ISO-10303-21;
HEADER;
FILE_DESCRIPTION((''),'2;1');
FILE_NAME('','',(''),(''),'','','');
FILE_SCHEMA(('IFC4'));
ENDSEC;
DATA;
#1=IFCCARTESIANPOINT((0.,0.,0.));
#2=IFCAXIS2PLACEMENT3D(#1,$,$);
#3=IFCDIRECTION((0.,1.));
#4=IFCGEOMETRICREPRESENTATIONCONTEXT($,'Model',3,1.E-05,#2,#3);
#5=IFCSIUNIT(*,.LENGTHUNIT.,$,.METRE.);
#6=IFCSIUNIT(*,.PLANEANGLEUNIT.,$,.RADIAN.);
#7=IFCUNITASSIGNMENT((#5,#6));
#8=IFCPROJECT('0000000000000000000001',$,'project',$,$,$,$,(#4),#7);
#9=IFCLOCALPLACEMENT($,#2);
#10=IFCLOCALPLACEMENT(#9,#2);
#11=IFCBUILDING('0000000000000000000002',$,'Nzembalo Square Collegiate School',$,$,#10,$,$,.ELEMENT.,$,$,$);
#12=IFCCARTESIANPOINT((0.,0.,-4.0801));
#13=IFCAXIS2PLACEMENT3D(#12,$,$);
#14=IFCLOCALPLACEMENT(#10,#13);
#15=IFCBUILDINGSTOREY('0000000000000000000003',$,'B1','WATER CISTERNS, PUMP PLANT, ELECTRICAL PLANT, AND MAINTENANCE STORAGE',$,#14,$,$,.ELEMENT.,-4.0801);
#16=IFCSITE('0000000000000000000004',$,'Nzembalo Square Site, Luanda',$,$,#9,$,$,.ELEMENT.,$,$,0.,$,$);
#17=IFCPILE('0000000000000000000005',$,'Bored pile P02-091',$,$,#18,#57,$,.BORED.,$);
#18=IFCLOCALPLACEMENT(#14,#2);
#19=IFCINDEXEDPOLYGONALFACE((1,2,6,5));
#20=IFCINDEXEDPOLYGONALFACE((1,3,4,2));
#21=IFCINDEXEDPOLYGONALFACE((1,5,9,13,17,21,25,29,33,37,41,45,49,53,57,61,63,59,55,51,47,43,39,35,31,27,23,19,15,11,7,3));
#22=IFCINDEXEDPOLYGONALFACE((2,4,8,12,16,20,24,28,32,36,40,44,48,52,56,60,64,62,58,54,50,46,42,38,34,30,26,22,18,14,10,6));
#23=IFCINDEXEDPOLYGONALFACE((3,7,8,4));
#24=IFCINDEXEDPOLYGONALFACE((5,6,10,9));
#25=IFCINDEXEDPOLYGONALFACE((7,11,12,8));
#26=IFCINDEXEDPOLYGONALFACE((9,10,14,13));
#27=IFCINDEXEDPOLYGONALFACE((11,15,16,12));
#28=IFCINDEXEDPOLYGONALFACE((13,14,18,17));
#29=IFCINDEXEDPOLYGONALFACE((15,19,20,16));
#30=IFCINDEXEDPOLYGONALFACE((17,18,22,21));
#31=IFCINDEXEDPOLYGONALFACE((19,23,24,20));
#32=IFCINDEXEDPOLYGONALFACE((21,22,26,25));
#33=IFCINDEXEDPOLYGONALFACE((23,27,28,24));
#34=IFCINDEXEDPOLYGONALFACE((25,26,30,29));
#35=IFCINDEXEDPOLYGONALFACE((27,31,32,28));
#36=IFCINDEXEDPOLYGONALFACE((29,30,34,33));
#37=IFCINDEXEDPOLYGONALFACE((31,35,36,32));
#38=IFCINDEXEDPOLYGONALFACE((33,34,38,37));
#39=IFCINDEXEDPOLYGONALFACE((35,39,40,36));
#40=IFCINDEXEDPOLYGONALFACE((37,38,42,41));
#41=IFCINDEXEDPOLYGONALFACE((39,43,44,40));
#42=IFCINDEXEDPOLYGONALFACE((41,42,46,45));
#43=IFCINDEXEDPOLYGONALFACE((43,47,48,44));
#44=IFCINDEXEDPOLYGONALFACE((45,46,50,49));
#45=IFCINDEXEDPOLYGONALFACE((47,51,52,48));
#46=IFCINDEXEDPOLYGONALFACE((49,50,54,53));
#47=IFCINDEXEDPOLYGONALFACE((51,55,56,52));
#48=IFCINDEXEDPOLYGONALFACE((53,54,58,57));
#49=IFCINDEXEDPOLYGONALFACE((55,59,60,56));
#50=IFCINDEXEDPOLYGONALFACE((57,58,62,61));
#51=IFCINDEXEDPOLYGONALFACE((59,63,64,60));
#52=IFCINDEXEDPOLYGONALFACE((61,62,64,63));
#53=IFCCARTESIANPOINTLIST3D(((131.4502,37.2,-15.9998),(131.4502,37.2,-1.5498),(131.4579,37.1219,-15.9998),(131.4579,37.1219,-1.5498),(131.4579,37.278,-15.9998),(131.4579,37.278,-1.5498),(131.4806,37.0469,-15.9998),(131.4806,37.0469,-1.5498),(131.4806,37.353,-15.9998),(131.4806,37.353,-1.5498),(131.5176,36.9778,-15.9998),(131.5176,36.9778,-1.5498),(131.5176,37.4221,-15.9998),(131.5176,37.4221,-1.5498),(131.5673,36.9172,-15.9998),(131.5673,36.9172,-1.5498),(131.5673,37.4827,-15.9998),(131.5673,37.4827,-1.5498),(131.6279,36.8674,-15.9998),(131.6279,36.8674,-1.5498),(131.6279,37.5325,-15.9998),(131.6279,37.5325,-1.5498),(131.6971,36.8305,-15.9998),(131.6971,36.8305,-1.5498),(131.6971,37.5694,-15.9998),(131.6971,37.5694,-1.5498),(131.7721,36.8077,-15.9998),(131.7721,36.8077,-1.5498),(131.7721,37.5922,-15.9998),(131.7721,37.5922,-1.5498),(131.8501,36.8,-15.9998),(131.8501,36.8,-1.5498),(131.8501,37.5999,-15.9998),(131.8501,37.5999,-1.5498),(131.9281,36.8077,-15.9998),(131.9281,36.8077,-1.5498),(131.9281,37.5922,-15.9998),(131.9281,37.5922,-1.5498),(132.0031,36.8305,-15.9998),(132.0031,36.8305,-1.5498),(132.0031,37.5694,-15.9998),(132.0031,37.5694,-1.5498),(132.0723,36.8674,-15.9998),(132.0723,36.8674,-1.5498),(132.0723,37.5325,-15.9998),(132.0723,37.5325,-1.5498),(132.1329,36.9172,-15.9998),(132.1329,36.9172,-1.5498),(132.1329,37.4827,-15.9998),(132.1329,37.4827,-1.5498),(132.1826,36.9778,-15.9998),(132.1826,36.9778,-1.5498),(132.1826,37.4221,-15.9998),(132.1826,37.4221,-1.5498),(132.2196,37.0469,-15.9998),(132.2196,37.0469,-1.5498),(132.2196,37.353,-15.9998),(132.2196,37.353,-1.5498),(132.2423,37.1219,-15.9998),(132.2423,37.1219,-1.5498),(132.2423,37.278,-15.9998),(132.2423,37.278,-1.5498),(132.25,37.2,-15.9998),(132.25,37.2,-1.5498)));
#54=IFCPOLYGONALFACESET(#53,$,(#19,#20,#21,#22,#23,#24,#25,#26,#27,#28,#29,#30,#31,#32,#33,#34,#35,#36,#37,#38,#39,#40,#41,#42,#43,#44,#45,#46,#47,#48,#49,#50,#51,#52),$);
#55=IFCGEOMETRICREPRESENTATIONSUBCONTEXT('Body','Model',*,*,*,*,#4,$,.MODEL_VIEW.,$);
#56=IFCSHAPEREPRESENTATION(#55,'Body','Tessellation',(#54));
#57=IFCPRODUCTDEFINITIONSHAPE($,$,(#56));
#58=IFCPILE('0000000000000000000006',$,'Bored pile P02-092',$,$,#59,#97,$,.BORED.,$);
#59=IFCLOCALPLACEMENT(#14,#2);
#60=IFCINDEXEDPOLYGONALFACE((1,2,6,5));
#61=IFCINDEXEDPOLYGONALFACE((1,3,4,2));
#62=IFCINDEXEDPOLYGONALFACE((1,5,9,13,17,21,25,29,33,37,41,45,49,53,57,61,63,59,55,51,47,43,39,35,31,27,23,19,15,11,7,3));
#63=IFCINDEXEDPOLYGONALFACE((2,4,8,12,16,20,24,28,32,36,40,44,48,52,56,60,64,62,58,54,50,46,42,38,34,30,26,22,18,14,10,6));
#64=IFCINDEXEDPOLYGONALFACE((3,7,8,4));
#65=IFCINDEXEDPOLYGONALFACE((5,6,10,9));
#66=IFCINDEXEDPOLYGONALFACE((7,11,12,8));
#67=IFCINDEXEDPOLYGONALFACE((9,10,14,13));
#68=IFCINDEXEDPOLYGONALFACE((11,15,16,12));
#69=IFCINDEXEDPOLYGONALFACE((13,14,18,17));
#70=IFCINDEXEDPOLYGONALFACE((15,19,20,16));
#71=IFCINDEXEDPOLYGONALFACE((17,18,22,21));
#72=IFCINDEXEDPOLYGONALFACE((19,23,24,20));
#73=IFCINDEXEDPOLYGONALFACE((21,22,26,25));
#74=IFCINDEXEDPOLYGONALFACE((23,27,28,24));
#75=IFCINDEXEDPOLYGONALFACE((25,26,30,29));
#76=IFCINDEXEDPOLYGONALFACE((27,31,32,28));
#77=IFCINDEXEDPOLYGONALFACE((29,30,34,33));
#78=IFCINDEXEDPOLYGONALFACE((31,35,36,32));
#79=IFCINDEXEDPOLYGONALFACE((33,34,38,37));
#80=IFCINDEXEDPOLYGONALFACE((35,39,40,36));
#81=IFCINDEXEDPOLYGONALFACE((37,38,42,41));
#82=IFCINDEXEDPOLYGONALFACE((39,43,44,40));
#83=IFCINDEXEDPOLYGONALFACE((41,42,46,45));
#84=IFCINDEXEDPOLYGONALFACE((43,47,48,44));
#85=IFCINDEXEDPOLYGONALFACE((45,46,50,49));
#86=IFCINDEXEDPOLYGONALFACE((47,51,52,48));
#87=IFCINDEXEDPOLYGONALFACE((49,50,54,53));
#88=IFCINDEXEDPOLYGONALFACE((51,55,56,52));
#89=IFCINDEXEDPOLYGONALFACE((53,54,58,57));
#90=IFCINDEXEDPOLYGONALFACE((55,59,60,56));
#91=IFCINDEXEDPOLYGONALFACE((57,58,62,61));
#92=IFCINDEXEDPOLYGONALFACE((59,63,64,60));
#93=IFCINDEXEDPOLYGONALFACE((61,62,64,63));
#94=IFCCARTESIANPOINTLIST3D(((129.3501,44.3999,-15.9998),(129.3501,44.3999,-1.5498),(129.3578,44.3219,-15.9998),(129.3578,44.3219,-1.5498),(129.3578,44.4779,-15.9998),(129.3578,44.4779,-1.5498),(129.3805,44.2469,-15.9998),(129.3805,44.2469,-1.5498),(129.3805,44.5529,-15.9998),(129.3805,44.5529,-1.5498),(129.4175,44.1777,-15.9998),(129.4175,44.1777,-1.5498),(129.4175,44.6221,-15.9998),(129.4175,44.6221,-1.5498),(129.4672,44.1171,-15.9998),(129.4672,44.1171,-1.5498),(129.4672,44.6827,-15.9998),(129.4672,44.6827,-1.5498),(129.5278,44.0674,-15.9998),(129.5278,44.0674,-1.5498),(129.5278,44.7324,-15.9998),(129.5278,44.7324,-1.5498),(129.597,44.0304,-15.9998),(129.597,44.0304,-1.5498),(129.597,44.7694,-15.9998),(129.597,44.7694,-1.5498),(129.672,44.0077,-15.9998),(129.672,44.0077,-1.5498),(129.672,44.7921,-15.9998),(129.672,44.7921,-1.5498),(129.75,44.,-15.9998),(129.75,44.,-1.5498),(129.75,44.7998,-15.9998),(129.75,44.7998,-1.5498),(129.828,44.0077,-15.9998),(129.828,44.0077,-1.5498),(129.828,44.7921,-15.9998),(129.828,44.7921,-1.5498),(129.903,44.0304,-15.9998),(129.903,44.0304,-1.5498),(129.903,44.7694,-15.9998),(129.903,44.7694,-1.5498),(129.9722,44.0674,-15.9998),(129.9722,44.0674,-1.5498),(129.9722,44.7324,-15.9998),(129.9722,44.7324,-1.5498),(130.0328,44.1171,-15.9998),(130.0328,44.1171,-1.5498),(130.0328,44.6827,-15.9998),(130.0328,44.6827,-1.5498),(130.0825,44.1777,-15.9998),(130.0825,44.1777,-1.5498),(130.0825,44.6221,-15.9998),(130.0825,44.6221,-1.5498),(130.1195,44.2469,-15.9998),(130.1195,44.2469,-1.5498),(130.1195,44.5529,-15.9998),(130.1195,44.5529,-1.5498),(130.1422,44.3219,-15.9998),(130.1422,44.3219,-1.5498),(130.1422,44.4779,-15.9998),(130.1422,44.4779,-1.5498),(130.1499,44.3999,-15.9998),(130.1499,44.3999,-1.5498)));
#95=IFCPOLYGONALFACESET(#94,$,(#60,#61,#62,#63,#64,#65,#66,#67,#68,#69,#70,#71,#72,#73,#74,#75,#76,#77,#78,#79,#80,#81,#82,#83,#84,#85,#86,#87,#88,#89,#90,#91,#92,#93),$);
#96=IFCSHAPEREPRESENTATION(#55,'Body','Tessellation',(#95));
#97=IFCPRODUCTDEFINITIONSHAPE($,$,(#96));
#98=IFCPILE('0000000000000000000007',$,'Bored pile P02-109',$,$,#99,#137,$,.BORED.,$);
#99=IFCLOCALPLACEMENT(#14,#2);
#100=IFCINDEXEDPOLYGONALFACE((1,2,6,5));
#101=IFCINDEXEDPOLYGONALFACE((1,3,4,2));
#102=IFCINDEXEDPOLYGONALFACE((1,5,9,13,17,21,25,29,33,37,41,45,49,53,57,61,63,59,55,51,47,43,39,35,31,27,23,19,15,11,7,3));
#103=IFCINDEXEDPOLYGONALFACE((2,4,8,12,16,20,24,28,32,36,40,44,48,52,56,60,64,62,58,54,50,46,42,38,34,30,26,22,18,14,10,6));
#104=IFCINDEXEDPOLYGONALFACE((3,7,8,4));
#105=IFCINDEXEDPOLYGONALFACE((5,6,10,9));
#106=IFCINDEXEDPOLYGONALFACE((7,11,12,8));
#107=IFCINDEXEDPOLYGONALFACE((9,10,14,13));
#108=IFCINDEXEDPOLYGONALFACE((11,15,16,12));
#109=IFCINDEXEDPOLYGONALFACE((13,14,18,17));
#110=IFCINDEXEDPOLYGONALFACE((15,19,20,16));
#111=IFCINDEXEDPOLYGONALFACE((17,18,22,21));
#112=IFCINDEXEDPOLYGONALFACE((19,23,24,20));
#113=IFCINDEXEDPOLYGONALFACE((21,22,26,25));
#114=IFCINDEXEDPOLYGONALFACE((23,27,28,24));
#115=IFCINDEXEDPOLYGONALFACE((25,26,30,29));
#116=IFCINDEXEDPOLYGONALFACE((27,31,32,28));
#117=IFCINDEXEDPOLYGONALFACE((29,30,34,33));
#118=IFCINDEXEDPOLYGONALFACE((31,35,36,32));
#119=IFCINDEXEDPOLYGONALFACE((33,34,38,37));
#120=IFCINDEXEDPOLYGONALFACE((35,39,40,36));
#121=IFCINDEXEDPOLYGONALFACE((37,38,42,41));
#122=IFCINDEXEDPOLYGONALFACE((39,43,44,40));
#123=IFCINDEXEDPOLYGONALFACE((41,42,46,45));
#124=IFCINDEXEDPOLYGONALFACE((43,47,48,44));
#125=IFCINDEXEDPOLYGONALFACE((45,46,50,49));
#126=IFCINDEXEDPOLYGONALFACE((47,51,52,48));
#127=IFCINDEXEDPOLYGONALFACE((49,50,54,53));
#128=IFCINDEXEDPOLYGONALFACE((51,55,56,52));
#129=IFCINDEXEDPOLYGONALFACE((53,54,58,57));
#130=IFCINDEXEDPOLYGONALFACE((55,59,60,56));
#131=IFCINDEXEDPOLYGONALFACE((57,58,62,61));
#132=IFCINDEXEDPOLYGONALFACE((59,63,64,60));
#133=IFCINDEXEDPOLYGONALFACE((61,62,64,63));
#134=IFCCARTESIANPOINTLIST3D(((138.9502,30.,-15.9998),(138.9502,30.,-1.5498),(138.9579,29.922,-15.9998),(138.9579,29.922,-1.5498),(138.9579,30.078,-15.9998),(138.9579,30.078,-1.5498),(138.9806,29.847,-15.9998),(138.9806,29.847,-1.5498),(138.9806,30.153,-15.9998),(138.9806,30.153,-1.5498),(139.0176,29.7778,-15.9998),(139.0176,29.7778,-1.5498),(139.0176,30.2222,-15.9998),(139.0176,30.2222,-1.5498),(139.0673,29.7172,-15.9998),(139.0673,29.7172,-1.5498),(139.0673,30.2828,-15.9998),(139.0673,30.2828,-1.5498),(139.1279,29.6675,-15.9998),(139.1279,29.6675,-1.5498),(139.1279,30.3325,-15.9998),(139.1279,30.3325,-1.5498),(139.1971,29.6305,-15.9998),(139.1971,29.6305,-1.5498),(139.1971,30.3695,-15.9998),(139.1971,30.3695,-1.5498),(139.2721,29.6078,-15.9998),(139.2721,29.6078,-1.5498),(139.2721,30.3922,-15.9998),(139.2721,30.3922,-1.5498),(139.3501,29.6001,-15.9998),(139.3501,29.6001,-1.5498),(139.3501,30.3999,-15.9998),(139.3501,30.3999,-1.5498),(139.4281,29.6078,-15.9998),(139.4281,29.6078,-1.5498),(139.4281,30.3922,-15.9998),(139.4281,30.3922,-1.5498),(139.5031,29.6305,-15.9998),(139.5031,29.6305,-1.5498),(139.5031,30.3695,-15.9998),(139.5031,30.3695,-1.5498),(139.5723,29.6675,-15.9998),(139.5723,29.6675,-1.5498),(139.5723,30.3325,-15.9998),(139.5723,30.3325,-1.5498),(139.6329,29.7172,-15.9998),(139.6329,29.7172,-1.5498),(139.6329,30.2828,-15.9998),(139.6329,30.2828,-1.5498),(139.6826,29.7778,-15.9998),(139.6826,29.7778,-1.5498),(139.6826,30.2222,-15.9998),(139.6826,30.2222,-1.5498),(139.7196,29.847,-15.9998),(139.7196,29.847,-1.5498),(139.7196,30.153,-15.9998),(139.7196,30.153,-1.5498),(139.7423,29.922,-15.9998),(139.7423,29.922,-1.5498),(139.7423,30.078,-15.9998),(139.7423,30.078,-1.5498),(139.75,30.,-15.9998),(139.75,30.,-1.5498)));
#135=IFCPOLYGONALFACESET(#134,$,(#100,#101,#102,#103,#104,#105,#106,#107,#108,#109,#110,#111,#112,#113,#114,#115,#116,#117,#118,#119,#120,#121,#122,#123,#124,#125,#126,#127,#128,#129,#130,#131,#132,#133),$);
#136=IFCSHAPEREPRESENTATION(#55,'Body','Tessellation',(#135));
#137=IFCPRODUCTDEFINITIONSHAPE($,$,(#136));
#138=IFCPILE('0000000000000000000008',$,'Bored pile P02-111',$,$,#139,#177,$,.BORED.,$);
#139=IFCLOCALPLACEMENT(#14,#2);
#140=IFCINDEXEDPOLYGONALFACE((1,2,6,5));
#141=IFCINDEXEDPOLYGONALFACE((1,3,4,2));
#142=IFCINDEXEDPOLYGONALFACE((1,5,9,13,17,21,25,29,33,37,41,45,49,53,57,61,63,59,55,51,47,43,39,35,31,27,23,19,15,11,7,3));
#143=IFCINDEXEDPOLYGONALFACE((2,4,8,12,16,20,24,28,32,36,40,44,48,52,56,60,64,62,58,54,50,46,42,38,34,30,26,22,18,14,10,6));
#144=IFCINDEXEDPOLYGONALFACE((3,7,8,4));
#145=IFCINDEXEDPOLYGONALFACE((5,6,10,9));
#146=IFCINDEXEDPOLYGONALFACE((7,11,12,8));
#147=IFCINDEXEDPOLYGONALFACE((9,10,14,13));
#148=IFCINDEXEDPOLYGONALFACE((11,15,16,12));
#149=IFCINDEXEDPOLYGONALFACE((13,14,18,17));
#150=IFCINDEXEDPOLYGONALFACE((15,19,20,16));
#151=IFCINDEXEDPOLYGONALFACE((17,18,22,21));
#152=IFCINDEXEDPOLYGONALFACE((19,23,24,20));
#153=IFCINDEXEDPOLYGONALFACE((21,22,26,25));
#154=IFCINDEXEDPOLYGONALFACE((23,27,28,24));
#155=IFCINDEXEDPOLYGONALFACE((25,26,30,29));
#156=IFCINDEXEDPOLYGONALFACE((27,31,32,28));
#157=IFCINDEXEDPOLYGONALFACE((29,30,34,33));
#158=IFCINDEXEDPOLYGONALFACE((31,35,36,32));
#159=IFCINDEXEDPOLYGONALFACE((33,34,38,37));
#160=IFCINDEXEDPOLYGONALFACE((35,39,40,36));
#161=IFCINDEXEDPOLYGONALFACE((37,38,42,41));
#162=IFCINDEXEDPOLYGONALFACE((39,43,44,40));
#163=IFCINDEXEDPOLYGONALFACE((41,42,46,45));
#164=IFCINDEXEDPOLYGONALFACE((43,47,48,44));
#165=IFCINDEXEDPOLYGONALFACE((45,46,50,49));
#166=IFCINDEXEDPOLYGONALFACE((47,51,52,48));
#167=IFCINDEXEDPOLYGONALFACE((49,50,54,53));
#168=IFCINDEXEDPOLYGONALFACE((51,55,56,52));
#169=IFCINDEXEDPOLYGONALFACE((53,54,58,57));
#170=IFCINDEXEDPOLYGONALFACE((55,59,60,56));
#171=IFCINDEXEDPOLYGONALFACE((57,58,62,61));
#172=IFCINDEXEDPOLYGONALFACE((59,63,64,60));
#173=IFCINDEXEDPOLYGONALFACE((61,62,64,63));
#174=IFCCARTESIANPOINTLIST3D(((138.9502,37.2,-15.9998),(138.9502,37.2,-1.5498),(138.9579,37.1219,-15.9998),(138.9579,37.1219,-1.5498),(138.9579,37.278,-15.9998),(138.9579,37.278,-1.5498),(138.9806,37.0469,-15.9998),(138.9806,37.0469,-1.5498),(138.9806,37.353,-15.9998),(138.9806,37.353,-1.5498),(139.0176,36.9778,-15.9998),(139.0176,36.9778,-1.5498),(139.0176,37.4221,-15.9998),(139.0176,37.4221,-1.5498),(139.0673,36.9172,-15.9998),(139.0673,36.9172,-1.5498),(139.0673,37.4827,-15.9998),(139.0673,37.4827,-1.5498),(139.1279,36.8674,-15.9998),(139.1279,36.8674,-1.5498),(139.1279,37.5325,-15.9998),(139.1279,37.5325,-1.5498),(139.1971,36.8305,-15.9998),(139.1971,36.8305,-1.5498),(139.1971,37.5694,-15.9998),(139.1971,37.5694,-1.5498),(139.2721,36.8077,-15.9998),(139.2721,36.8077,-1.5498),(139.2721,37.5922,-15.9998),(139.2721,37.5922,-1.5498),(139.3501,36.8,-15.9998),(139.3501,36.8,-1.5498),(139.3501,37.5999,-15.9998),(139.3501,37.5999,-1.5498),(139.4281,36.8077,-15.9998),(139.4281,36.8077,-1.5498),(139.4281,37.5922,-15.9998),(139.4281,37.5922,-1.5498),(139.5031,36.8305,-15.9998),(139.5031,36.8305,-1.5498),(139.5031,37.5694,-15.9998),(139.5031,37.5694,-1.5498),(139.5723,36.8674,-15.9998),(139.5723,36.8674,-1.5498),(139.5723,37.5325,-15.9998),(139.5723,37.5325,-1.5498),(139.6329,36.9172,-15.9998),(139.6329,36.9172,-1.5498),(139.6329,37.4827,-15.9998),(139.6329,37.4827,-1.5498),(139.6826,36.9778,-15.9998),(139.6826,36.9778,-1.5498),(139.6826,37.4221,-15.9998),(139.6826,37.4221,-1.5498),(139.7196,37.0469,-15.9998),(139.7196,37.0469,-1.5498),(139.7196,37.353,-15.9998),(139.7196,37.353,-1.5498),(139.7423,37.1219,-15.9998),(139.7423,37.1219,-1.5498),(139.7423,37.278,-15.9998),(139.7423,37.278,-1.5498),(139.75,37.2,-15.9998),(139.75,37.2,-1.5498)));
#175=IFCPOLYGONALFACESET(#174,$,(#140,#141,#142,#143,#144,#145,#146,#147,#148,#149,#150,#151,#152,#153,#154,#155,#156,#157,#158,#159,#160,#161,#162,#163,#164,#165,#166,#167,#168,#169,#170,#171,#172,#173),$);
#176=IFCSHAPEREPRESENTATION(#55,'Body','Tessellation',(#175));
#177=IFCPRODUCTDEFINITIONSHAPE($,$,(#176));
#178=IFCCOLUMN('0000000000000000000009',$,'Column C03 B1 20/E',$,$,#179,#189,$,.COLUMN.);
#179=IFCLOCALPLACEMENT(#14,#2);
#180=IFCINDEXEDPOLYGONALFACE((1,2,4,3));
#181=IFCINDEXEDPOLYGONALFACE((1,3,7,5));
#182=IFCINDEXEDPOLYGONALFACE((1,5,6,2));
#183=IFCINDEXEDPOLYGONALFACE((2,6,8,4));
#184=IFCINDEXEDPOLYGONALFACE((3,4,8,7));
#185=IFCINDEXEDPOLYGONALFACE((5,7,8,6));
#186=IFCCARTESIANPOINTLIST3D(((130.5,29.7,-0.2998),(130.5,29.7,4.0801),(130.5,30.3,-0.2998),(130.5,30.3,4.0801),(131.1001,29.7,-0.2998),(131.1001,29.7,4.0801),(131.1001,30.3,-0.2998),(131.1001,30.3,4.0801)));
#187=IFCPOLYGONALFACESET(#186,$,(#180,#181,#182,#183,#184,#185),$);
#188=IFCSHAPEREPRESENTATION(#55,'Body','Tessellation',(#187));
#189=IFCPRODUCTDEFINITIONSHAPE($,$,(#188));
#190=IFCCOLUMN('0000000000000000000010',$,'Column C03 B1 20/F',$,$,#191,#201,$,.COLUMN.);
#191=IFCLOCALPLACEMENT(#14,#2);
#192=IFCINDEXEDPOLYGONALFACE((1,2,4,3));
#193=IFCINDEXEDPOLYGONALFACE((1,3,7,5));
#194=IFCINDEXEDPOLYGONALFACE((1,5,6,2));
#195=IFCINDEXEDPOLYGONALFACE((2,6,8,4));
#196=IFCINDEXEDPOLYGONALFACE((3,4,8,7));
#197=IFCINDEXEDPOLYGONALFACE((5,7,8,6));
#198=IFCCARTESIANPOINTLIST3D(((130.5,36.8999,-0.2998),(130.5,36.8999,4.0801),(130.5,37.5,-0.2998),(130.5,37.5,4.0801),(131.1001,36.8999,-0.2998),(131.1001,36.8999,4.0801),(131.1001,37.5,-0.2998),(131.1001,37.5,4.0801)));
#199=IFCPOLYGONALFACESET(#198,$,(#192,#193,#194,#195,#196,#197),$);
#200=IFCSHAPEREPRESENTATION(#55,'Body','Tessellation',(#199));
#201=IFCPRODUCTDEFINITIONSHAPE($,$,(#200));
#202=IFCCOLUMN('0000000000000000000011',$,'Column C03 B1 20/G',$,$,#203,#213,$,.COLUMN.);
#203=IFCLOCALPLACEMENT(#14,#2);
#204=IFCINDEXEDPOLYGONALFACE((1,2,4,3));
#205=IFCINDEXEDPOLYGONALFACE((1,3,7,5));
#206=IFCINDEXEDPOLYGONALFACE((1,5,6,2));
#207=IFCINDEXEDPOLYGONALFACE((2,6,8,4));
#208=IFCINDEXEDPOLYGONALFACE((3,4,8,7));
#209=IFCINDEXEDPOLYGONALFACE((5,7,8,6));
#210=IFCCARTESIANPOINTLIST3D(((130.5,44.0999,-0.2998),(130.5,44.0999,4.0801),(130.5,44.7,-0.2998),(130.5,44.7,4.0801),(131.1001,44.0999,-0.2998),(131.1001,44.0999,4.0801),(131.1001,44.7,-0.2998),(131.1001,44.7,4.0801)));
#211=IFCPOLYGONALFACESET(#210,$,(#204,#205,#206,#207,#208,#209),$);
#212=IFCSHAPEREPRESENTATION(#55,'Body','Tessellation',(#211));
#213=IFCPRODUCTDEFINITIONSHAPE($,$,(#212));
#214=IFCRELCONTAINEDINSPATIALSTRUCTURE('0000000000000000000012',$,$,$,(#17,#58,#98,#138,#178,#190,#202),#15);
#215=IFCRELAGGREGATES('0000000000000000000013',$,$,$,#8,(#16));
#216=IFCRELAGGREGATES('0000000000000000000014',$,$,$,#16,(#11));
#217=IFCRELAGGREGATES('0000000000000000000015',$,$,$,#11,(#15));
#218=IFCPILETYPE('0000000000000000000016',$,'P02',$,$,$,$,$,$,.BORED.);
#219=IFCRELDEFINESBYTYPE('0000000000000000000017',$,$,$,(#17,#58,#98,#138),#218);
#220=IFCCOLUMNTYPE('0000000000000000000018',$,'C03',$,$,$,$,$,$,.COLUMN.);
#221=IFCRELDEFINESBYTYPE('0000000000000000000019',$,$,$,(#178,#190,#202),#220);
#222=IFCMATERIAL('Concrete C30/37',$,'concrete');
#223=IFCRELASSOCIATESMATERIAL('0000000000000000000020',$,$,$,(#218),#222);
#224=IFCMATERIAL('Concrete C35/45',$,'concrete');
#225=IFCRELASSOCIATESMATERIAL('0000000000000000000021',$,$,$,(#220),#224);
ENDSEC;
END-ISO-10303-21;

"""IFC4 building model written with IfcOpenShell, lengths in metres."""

from ifc_helpers import new_model, si_unit, direction, frame, origin, origin_2d, place, context, subcontext, project, spatial, rectangle, circle, extrude, material, material_profile, profile_set, type_object, element, save


model = new_model("IFC4")

# Units and contexts
model_context = context("Model", 3, precision=1e-05, world=origin(), true_north=direction((0.0, 1.0)))
body_context = subcontext(model_context, "Body", "Model", "MODEL_VIEW")
ifc_project = project(units=[si_unit("LENGTHUNIT", "METRE"), si_unit("PLANEANGLEUNIT", "RADIAN")], contexts=[model_context])

# Site, building, storey
site_placement = place(None, origin())
site = spatial("IfcSite", under=ifc_project, at=site_placement, Name="Nzembalo Square Site, Luanda", CompositionType="ELEMENT", RefElevation=0.0)
building_placement = place(site_placement, origin())
building = spatial("IfcBuilding", under=site, at=building_placement, Name="Nzembalo Square Collegiate School", CompositionType="ELEMENT")
storey_placement = place(building_placement, frame((0.0, 0.0, -4.0801)))
storey = spatial("IfcBuildingStorey", under=building, at=storey_placement, Name="B1", Description="WATER CISTERNS, PUMP PLANT, ELECTRICAL PLANT, AND MAINTENANCE STORAGE", CompositionType="ELEMENT", Elevation=-4.0801)

# Piles
ifc_material_1 = material(Name="Concrete C30/37", Category="concrete")
ifc_material_profile_1 = material_profile(ifc_material_1, circle(Radius=0.3999, at=origin_2d()), Name="PILE D800")
ifc_profile_set_1 = profile_set([ifc_material_profile_1], Name="Concrete C30/37")
pile_type = type_object("IfcPileType", Name="P02", PredefinedType="BORED", material=ifc_profile_set_1)
for number, where, z_axis, x_axis, name in (
    (1, (131.8501, 37.2, -1.5498), (0.0, 0.0, -1.0), (1.0, 0.0, 0.0), "Bored pile P02-091"),
    (2, (129.75, 44.3999, -1.5498), (0.0, 0.0, -1.0), (1.0, 0.0, 0.0), "Bored pile P02-092"),
    (3, (139.3501, 30.0, -1.5498), (0.0, 0.0, -1.0), (1.0, 0.0, 0.0), "Bored pile P02-109"),
    (4, (139.3501, 37.2, -1.5498), (0.0, 0.0, -1.0), (1.0, 0.0, 0.0), "Bored pile P02-111"),
):
    element("IfcPile", number, at=place(storey_placement, frame(where, z_axis=z_axis, x_axis=x_axis)), inside=storey, type_object=pile_type, Name=name, PredefinedType="BORED", context=body_context, shape_type="SweptSolid", body=[
        extrude(circle(Radius=0.3999, at=origin_2d()), origin(), (0.0, 0.0, 1.0), 14.45),
    ])

# Columns
ifc_material_2 = material(Name="Concrete C35/45", Category="concrete")
ifc_material_profile_2 = material_profile(ifc_material_2, rectangle(XDim=0.6001, YDim=0.6001, at=origin_2d()), Name="RC 600x600")
ifc_profile_set_2 = profile_set([ifc_material_profile_2], Name="Concrete C35/45")
column_type = type_object("IfcColumnType", Name="C03", PredefinedType="COLUMN", material=ifc_profile_set_2)
for number, where, z_axis, x_axis, name in (
    (5, (130.8, 30.0, -0.2998), (0.0, 0.0, 1.0), (1.0, 0.0, 0.0), "Column C03 B1 20/E"),
    (6, (130.8, 37.2, -0.2998), (0.0, 0.0, 1.0), (1.0, 0.0, 0.0), "Column C03 B1 20/F"),
    (7, (130.8, 44.3999, -0.2998), (0.0, 0.0, 1.0), (1.0, 0.0, 0.0), "Column C03 B1 20/G"),
):
    element("IfcColumn", number, at=place(storey_placement, frame(where, z_axis=z_axis, x_axis=x_axis)), inside=storey, type_object=column_type, Name=name, PredefinedType="COLUMN", context=body_context, shape_type="SweptSolid", body=[
        extrude(rectangle(XDim=0.6001, YDim=0.6001, at=origin_2d()), origin(), (0.0, 0.0, 1.0), 4.3799),
    ])

save(model, "model.ifc")
